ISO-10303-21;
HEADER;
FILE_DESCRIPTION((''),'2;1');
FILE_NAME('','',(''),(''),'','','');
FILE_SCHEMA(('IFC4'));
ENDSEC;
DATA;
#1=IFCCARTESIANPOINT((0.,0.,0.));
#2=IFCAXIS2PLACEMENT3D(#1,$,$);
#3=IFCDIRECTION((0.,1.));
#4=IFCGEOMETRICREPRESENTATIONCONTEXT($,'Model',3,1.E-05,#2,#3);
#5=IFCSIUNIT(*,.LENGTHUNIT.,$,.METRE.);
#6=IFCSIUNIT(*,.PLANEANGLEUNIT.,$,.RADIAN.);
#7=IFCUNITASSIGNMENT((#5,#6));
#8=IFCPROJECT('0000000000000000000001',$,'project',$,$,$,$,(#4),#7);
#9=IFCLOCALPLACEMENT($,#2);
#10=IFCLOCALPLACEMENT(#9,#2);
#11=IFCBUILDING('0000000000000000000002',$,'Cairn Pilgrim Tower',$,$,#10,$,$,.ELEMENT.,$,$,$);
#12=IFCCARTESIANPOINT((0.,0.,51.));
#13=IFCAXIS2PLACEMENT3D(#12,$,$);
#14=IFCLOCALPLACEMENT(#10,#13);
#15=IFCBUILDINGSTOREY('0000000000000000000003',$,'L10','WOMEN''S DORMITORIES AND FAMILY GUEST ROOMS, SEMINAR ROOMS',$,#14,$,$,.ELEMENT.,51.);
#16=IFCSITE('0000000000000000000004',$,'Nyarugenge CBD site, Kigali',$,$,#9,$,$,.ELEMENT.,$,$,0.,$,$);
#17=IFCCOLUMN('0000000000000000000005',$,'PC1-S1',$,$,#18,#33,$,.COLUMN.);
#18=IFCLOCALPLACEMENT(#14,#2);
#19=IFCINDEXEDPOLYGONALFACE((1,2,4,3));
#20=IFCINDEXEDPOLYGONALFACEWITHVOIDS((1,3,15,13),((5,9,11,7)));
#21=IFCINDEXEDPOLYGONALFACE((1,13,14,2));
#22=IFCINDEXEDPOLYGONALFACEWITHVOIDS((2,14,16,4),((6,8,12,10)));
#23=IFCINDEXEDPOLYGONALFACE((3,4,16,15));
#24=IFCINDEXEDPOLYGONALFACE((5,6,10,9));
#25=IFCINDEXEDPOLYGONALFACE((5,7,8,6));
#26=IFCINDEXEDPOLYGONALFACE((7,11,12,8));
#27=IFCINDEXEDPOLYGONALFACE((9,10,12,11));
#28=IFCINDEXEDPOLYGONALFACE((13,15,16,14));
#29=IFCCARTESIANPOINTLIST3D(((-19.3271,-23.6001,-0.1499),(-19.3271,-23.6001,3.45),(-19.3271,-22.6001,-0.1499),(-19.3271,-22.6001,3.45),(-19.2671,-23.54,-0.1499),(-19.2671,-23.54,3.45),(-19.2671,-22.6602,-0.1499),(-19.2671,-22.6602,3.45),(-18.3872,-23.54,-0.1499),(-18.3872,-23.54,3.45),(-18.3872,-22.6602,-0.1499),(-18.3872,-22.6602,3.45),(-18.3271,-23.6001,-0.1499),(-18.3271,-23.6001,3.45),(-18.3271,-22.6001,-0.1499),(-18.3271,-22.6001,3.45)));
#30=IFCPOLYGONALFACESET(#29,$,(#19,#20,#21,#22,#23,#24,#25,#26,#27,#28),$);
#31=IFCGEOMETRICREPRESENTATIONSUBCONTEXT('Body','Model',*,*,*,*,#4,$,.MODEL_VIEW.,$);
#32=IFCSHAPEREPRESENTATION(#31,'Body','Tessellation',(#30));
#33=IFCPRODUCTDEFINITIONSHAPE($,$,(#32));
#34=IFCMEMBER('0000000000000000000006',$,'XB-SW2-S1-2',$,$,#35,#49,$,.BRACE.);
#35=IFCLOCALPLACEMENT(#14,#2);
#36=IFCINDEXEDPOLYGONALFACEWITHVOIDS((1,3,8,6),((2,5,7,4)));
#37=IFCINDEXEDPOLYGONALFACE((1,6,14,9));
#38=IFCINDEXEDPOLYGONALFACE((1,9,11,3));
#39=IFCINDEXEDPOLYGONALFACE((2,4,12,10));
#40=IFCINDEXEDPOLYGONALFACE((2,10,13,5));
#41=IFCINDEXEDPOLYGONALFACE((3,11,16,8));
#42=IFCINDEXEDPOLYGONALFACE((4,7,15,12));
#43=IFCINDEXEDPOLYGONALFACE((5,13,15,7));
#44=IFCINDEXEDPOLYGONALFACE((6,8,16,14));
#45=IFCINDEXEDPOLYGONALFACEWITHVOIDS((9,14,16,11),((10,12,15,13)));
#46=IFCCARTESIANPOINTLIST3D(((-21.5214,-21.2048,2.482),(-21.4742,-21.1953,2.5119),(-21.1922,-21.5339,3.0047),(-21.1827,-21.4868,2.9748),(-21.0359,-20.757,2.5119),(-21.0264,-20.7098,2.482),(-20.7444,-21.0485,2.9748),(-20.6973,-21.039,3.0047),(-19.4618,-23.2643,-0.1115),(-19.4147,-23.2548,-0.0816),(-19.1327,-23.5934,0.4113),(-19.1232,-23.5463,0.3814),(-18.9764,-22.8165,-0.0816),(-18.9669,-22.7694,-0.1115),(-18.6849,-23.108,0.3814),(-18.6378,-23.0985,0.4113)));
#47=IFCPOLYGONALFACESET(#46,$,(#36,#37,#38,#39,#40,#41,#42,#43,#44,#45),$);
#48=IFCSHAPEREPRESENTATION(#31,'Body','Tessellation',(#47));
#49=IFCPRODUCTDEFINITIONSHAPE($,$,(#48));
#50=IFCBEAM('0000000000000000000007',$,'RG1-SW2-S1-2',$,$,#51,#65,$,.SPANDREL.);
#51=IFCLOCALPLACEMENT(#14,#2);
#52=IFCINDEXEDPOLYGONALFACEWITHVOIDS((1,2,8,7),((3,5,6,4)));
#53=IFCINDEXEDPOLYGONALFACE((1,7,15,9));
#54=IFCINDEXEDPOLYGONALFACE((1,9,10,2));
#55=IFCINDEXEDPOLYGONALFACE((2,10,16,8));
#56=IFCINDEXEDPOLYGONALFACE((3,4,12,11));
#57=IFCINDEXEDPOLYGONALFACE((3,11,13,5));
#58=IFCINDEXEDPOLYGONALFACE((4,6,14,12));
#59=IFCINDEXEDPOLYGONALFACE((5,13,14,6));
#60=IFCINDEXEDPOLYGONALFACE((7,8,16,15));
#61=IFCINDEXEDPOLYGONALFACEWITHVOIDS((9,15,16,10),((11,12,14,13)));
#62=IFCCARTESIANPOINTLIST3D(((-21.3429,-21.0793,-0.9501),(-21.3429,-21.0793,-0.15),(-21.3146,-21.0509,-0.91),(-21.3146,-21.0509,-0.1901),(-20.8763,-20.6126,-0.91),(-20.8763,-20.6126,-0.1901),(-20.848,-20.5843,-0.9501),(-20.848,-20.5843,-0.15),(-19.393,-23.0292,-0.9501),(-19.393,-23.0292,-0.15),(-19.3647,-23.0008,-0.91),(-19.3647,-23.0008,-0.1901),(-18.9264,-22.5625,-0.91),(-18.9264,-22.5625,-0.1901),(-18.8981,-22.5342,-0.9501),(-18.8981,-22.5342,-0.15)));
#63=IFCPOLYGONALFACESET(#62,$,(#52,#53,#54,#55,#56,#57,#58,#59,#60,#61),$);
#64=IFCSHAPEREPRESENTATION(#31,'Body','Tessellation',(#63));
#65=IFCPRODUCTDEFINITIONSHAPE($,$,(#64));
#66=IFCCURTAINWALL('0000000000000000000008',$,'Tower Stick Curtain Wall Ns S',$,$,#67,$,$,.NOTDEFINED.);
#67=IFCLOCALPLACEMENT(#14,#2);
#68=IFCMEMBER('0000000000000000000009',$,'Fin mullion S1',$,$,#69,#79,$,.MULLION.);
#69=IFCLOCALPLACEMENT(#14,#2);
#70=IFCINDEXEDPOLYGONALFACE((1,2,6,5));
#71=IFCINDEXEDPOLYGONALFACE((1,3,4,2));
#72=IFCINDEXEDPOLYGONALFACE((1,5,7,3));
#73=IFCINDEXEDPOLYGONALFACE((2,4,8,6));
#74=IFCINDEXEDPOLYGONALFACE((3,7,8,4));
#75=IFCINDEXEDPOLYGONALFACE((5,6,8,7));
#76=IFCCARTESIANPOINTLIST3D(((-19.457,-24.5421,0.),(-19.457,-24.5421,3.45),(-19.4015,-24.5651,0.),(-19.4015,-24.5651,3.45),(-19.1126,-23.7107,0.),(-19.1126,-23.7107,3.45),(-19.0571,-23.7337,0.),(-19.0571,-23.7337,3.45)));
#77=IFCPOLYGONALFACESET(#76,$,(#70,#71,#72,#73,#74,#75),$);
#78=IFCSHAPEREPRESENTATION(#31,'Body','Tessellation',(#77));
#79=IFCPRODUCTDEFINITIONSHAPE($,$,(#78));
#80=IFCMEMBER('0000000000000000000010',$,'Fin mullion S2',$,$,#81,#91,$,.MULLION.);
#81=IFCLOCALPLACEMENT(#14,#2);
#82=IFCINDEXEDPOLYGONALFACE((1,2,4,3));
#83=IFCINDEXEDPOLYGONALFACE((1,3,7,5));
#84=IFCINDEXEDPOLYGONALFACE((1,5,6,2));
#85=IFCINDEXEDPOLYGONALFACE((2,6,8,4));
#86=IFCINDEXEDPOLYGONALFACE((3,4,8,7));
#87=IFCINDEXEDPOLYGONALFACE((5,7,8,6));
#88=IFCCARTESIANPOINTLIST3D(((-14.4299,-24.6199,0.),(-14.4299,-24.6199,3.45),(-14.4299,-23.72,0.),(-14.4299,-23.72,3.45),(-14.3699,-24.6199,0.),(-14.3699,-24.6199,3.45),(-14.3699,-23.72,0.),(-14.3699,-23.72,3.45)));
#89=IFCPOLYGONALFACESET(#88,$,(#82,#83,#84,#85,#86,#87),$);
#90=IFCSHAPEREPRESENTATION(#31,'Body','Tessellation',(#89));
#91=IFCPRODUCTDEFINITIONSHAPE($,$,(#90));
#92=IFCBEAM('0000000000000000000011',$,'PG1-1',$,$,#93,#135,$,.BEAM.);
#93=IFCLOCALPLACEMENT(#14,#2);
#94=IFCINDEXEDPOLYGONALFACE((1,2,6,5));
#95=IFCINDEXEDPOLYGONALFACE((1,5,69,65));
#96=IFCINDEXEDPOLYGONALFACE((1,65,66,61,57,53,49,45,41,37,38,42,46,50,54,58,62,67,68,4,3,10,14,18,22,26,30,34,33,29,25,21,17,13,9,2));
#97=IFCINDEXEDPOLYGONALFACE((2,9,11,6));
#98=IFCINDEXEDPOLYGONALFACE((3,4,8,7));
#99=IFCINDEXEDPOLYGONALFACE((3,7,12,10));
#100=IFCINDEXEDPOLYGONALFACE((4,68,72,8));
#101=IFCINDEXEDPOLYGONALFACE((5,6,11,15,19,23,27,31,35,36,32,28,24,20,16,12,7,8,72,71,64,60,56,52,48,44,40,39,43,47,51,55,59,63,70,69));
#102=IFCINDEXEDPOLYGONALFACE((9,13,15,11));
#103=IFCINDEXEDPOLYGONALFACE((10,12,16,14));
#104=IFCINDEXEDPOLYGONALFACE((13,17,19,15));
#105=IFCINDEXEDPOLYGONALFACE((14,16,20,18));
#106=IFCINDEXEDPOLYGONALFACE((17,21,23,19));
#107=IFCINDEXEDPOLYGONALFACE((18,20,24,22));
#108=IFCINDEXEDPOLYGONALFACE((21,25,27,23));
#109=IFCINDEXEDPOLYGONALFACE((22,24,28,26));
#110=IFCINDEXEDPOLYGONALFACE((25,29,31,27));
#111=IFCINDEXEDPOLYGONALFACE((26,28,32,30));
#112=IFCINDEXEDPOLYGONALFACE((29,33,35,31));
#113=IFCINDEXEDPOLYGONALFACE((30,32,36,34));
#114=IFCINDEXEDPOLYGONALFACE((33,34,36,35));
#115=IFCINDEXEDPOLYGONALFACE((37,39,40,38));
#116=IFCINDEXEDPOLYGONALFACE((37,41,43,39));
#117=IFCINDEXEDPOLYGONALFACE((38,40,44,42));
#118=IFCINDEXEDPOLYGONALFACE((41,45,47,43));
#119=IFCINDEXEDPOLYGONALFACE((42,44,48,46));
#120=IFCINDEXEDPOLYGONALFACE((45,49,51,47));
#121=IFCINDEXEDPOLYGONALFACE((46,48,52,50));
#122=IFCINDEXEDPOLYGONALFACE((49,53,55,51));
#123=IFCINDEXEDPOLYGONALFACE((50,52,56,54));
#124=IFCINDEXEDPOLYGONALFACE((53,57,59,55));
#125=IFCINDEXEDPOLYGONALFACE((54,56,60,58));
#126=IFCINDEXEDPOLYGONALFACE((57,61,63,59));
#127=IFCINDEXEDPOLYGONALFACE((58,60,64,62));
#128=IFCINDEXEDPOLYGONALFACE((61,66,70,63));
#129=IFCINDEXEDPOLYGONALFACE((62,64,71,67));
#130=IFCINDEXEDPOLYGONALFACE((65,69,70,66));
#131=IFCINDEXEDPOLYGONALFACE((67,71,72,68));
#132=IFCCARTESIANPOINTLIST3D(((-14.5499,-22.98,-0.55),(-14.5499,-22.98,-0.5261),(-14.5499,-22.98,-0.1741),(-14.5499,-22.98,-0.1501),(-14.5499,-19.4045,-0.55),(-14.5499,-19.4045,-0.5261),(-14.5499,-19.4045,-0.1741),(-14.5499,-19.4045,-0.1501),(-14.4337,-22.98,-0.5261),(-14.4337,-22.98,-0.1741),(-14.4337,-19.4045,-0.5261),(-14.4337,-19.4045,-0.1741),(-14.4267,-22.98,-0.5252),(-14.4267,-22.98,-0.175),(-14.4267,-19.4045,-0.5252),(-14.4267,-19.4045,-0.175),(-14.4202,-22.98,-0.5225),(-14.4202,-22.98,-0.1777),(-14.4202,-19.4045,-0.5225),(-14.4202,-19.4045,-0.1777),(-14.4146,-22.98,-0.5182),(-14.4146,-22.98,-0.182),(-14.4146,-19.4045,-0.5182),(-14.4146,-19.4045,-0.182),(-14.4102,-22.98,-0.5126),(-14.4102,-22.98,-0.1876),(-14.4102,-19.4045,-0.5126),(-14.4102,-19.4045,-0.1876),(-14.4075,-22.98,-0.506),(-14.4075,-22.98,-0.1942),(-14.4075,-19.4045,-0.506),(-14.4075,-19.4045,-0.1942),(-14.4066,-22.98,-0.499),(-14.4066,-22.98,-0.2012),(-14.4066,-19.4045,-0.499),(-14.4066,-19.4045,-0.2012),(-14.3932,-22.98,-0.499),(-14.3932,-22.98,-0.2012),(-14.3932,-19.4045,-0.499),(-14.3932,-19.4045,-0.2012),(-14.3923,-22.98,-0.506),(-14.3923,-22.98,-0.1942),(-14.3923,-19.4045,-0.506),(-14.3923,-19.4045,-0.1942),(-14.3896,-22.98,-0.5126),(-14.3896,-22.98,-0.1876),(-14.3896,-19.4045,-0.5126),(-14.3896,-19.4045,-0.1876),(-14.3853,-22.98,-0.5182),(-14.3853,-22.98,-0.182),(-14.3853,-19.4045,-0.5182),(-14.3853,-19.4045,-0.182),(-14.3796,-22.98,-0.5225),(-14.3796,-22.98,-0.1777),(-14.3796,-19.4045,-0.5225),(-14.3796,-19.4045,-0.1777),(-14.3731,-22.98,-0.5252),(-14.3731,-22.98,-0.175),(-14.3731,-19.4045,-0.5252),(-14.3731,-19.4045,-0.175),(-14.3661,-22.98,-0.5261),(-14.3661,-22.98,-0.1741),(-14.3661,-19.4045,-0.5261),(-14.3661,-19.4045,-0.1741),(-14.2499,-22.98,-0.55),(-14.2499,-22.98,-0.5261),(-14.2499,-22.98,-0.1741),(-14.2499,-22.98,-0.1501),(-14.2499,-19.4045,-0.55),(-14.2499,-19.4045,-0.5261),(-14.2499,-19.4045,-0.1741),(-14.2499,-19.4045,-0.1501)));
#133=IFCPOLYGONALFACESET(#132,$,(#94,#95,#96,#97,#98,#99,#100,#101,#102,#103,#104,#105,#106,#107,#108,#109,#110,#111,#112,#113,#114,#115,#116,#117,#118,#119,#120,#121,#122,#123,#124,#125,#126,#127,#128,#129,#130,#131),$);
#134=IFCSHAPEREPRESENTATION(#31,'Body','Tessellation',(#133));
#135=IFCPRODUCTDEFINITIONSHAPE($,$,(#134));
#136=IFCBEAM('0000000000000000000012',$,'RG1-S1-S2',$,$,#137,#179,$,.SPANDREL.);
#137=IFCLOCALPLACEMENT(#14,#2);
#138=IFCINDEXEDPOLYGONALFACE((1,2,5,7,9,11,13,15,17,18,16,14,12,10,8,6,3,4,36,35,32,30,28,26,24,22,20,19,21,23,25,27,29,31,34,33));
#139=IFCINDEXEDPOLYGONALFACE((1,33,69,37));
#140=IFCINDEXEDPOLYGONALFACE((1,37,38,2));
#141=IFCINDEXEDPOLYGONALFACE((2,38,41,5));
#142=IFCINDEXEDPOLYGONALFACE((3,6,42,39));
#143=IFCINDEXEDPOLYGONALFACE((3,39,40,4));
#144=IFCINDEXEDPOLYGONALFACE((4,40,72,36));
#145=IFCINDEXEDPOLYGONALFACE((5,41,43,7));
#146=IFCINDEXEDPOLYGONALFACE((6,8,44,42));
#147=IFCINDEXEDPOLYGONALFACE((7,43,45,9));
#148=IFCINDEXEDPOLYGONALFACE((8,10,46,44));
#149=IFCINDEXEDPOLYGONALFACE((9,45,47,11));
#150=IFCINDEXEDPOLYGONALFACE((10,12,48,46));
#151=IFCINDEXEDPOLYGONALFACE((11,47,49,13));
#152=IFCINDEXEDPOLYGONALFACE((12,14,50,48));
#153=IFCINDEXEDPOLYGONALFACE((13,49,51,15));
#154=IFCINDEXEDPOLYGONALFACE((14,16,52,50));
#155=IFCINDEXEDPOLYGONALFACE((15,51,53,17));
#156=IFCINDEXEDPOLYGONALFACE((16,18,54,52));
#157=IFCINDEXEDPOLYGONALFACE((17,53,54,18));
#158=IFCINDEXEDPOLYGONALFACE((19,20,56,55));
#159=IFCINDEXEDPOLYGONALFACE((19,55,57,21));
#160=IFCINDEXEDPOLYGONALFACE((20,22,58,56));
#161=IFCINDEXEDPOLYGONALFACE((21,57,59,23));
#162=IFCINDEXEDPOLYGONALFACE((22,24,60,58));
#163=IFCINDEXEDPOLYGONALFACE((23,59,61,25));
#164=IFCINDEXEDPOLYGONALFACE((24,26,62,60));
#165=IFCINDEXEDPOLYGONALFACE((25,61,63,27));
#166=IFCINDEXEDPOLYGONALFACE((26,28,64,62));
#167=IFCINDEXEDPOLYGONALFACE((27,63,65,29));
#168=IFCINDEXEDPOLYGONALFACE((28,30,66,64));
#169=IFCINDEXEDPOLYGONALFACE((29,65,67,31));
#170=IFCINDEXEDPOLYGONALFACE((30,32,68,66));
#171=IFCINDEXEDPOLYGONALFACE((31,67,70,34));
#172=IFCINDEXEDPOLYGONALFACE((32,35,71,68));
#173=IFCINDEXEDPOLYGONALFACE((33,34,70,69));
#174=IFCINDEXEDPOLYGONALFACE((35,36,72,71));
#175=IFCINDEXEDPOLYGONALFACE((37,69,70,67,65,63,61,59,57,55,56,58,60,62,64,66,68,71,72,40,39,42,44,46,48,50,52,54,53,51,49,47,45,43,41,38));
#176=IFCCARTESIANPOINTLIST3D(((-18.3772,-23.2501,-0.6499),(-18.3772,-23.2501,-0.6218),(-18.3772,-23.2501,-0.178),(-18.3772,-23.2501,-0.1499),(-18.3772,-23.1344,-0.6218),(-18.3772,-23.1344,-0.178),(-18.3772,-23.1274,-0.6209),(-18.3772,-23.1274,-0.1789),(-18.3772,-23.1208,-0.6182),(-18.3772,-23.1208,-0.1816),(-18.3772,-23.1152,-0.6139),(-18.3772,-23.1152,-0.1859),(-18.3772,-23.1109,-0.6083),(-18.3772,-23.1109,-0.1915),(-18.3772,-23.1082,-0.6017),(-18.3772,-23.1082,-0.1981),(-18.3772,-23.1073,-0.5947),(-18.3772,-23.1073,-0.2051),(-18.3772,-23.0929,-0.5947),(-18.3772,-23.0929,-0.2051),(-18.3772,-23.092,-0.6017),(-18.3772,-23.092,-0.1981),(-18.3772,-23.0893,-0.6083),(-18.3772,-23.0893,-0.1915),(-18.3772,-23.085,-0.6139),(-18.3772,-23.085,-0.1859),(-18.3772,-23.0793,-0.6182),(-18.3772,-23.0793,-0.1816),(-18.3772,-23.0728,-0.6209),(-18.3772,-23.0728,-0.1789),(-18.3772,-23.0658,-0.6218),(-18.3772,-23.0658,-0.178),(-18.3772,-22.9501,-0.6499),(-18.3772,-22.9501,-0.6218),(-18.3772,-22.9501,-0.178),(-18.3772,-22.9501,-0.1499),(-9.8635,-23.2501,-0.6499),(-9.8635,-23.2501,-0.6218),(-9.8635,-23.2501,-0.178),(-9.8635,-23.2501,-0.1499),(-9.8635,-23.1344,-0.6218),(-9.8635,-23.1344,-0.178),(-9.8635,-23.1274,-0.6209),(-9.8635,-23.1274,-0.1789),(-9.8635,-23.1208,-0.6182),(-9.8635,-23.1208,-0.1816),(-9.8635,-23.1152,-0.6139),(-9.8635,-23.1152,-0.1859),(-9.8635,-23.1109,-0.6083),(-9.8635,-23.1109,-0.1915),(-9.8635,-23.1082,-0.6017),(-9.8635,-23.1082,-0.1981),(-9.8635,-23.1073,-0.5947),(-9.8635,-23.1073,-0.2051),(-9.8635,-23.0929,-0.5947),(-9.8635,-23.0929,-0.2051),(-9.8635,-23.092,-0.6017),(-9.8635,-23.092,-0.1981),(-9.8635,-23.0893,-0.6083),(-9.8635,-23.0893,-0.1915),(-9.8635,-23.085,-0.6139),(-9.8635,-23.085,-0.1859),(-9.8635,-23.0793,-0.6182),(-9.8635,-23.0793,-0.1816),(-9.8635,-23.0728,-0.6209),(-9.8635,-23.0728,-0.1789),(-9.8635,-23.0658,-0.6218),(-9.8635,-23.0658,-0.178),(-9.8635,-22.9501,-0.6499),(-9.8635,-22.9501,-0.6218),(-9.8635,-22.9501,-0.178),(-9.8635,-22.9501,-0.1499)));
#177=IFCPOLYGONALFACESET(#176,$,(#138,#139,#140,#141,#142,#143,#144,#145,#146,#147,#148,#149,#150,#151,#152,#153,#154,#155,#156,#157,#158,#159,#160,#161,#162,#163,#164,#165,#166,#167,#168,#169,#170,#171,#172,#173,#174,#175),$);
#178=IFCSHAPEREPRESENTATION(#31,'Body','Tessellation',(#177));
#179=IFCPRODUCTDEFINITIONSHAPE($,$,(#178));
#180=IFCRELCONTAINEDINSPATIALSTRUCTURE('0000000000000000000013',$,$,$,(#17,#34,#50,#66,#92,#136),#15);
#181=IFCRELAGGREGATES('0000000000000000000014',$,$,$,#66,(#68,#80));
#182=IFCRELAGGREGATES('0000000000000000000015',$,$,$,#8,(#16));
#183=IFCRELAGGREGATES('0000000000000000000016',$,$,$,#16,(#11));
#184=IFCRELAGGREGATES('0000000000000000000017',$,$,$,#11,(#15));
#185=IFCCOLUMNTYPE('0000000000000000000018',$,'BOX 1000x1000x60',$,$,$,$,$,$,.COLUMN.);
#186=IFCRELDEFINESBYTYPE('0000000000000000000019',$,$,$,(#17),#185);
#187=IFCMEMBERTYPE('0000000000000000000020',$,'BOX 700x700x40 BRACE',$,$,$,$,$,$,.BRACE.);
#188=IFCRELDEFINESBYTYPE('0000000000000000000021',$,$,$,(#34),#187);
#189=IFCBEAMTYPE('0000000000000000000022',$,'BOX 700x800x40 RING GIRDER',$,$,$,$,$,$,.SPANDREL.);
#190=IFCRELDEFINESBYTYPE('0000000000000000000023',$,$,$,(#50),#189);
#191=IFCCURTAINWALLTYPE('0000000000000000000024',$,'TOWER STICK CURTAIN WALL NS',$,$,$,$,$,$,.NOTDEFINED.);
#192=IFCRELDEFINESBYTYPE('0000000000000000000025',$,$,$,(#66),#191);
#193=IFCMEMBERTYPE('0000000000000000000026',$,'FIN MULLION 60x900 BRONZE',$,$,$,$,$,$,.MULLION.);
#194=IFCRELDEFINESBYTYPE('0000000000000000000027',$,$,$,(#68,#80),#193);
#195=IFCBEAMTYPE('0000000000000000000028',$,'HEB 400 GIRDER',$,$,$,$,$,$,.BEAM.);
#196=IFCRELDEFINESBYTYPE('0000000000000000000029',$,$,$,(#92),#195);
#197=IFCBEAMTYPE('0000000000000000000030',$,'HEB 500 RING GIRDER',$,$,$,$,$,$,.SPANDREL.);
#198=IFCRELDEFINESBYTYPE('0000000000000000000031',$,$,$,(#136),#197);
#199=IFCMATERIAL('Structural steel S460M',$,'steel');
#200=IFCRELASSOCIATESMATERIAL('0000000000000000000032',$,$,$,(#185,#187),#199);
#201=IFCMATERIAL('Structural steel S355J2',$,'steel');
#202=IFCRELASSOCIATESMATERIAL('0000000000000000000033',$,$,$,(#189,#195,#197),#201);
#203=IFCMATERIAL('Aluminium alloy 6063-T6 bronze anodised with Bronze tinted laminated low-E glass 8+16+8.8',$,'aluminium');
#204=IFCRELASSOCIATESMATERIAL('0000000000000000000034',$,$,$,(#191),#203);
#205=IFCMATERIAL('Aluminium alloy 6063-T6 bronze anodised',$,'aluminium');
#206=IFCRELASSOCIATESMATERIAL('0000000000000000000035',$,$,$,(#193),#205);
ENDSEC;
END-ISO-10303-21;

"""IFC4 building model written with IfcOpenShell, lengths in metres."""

from ifc_helpers import new_model, si_unit, direction, frame, origin, origin_2d, place, context, subcontext, project, spatial, rectangle, hollow_rectangle, i_section, extrude, material, material_profile, profile_set, type_object, element, aggregate, save


model = new_model("IFC4")

# Units and contexts
model_context = context("Model", 3, precision=1e-05, world=origin(), true_north=direction((0.0, 1.0)))
body_context = subcontext(model_context, "Body", "Model", "MODEL_VIEW")
ifc_project = project(units=[si_unit("LENGTHUNIT", "METRE"), si_unit("PLANEANGLEUNIT", "RADIAN")], contexts=[model_context])

# Site, building, storey
site_placement = place(None, origin())
site = spatial("IfcSite", under=ifc_project, at=site_placement, Name="Nyarugenge CBD site, Kigali", CompositionType="ELEMENT", RefElevation=0.0)
building_placement = place(site_placement, origin())
building = spatial("IfcBuilding", under=site, at=building_placement, Name="Cairn Pilgrim Tower", CompositionType="ELEMENT")
storey_placement = place(building_placement, frame((0.0, 0.0, 51.0)))
storey = spatial("IfcBuildingStorey", under=building, at=storey_placement, Name="L10", Description="WOMEN'S DORMITORIES AND FAMILY GUEST ROOMS, SEMINAR ROOMS", CompositionType="ELEMENT", Elevation=51.0)

# Column
ifc_material_1 = material(Name="Structural steel S460M", Category="steel")
ifc_material_profile_1 = material_profile(ifc_material_1, hollow_rectangle(XDim=1.0, YDim=1.0, WallThickness=0.0601, at=origin_2d()), Name="BOX 1000x1000x60")
ifc_profile_set_1 = profile_set([ifc_material_profile_1], Name="Structural steel S460M")
column_type = type_object("IfcColumnType", Name="BOX 1000x1000x60", PredefinedType="COLUMN", material=ifc_profile_set_1)
column_placement = place(storey_placement, frame((-18.8271, -23.1001, -0.1499), z_axis=(0.0, 0.0, 1.0), x_axis=(1.0, 0.0, 0.0)))
element("IfcColumn", 1, at=column_placement, inside=storey, type_object=column_type, Name="PC1-S1", PredefinedType="COLUMN", context=body_context, shape_type="SweptSolid", body=[
    extrude(hollow_rectangle(XDim=1.0, YDim=1.0, WallThickness=0.0601, at=origin_2d()), origin(), (0.0, 0.0, 1.0), 3.5999),
])

# Member
ifc_material_profile_2 = material_profile(ifc_material_1, hollow_rectangle(XDim=0.7, YDim=0.7, WallThickness=0.04, at=origin_2d()), Name="BOX 700x700x40")
ifc_profile_set_2 = profile_set([ifc_material_profile_2], Name="Structural steel S460M")
member_type_1 = type_object("IfcMemberType", Name="BOX 700x700x40 BRACE", PredefinedType="BRACE", material=ifc_profile_set_2)
member_1_placement = place(storey_placement, frame((-19.0498, -23.1814, 0.1499), z_axis=(-0.528096, 0.528096, 0.665003), x_axis=(-0.707107, -0.707107, 0.0)))
element("IfcMember", 2, at=member_1_placement, inside=storey, type_object=member_type_1, Name="XB-SW2-S1-2", PredefinedType="BRACE", context=body_context, shape_type="SweptSolid", body=[
    extrude(hollow_rectangle(XDim=0.7, YDim=0.7, WallThickness=0.04, at=origin_2d()), origin(), (0.0, 0.0, 1.0), 3.8999),
])

# Beam
ifc_material_2 = material(Name="Structural steel S355J2", Category="steel")
ifc_material_profile_3 = material_profile(ifc_material_2, hollow_rectangle(XDim=0.7, YDim=0.8, WallThickness=0.04, at=origin_2d()), Name="BOX 700x800x40")
ifc_profile_set_3 = profile_set([ifc_material_profile_3], Name="Structural steel S355J2")
beam_type_1 = type_object("IfcBeamType", Name="BOX 700x800x40 RING GIRDER", PredefinedType="SPANDREL", material=ifc_profile_set_3)
beam_1_placement = place(storey_placement, frame((-21.0955, -20.8318, -0.55), z_axis=(0.707107, -0.707107, 0.0), x_axis=(0.707107, 0.707107, 0.0)))
element("IfcBeam", 3, at=beam_1_placement, inside=storey, type_object=beam_type_1, Name="RG1-SW2-S1-2", PredefinedType="SPANDREL", context=body_context, shape_type="SweptSolid", body=[
    extrude(hollow_rectangle(XDim=0.7, YDim=0.8, WallThickness=0.04, at=origin_2d()), origin(), (0.0, 0.0, 1.0), 2.7576),
])

# Curtain wall, members
ifc_material_3 = material(Name="Aluminium alloy 6063-T6 bronze anodised with Bronze tinted laminated low-E glass 8+16+8.8", Category="aluminium")
curtain_wall_type_1 = type_object("IfcCurtainWallType", Name="TOWER STICK CURTAIN WALL NS", PredefinedType="NOTDEFINED", material=ifc_material_3)
curtain_wall_1_placement = place(storey_placement, origin())
curtain_wall_1 = element("IfcCurtainWall", 4, at=curtain_wall_1_placement, inside=storey, type_object=curtain_wall_type_1, Name="Tower Stick Curtain Wall Ns S", PredefinedType="NOTDEFINED")
ifc_material_4 = material(Name="Aluminium alloy 6063-T6 bronze anodised", Category="aluminium")
ifc_material_profile_4 = material_profile(ifc_material_4, rectangle(XDim=0.8999, YDim=0.0601, at=origin_2d()), Name="FIN MULLION 60x900 BRONZE")
ifc_profile_set_4 = profile_set([ifc_material_profile_4], Name="Aluminium alloy 6063-T6 bronze anodised")
member_type_2 = type_object("IfcMemberType", Name="FIN MULLION 60x900 BRONZE", PredefinedType="MULLION", material=ifc_profile_set_4)
member_2_placement = place(storey_placement, frame((-19.2571, -24.1379, 0.0), z_axis=(0.0, 0.0, 1.0), x_axis=(-0.382683, -0.92388, 0.0)))
member_2 = element("IfcMember", 5, at=member_2_placement, type_object=member_type_2, Name="Fin mullion S1", PredefinedType="MULLION", context=body_context, shape_type="SweptSolid", body=[
    extrude(rectangle(XDim=0.8999, YDim=0.0601, at=origin_2d()), origin(), (0.0, 0.0, 1.0), 3.45),
])
member_3_placement = place(storey_placement, frame((-14.3999, -24.1699, 0.0), z_axis=(0.0, 0.0, 1.0), x_axis=(0.0, -1.0, 0.0)))
member_3 = element("IfcMember", 6, at=member_3_placement, type_object=member_type_2, Name="Fin mullion S2", PredefinedType="MULLION", context=body_context, shape_type="SweptSolid", body=[
    extrude(rectangle(XDim=0.8999, YDim=0.0601, at=origin_2d()), origin(), (0.0, 0.0, 1.0), 3.45),
])

# Beams
ifc_material_profile_5 = material_profile(ifc_material_2, i_section(OverallWidth=0.3, OverallDepth=0.3999, WebThickness=0.0134, FlangeThickness=0.0239, FilletRadius=0.0271, at=origin_2d()), Name="HEB 400")
ifc_profile_set_5 = profile_set([ifc_material_profile_5], Name="Structural steel S355J2")
beam_type_2 = type_object("IfcBeamType", Name="HEB 400 GIRDER", PredefinedType="BEAM", material=ifc_profile_set_5)
beam_2_placement = place(storey_placement, frame((-14.3999, -22.98, -0.3501), z_axis=(0.0, 1.0, 0.0), x_axis=(-1.0, 0.0, 0.0)))
element("IfcBeam", 7, at=beam_2_placement, inside=storey, type_object=beam_type_2, Name="PG1-1", PredefinedType="BEAM", context=body_context, shape_type="SweptSolid", body=[
    extrude(i_section(OverallWidth=0.3, OverallDepth=0.3999, WebThickness=0.0134, FlangeThickness=0.0239, FilletRadius=0.0271, at=origin_2d()), origin(), (0.0, 0.0, 1.0), 3.5754),
])
ifc_material_profile_6 = material_profile(ifc_material_2, i_section(OverallWidth=0.3, OverallDepth=0.5, WebThickness=0.0144, FlangeThickness=0.0281, FilletRadius=0.0271, at=origin_2d()), Name="HEB 500")
ifc_profile_set_6 = profile_set([ifc_material_profile_6], Name="Structural steel S355J2")
beam_type_3 = type_object("IfcBeamType", Name="HEB 500 RING GIRDER", PredefinedType="SPANDREL", material=ifc_profile_set_6)
beam_3_placement = place(storey_placement, frame((-18.3772, -23.1001, -0.3999), z_axis=(1.0, 0.0, 0.0), x_axis=(0.0, 1.0, 0.0)))
element("IfcBeam", 8, at=beam_3_placement, inside=storey, type_object=beam_type_3, Name="RG1-S1-S2", PredefinedType="SPANDREL", context=body_context, shape_type="SweptSolid", body=[
    extrude(i_section(OverallWidth=0.3, OverallDepth=0.5, WebThickness=0.0144, FlangeThickness=0.0281, FilletRadius=0.0271, at=origin_2d()), origin(), (0.0, 0.0, 1.0), 8.5137),
])

aggregate(curtain_wall_1, [member_2, member_3])

save(model, "model.ifc")
